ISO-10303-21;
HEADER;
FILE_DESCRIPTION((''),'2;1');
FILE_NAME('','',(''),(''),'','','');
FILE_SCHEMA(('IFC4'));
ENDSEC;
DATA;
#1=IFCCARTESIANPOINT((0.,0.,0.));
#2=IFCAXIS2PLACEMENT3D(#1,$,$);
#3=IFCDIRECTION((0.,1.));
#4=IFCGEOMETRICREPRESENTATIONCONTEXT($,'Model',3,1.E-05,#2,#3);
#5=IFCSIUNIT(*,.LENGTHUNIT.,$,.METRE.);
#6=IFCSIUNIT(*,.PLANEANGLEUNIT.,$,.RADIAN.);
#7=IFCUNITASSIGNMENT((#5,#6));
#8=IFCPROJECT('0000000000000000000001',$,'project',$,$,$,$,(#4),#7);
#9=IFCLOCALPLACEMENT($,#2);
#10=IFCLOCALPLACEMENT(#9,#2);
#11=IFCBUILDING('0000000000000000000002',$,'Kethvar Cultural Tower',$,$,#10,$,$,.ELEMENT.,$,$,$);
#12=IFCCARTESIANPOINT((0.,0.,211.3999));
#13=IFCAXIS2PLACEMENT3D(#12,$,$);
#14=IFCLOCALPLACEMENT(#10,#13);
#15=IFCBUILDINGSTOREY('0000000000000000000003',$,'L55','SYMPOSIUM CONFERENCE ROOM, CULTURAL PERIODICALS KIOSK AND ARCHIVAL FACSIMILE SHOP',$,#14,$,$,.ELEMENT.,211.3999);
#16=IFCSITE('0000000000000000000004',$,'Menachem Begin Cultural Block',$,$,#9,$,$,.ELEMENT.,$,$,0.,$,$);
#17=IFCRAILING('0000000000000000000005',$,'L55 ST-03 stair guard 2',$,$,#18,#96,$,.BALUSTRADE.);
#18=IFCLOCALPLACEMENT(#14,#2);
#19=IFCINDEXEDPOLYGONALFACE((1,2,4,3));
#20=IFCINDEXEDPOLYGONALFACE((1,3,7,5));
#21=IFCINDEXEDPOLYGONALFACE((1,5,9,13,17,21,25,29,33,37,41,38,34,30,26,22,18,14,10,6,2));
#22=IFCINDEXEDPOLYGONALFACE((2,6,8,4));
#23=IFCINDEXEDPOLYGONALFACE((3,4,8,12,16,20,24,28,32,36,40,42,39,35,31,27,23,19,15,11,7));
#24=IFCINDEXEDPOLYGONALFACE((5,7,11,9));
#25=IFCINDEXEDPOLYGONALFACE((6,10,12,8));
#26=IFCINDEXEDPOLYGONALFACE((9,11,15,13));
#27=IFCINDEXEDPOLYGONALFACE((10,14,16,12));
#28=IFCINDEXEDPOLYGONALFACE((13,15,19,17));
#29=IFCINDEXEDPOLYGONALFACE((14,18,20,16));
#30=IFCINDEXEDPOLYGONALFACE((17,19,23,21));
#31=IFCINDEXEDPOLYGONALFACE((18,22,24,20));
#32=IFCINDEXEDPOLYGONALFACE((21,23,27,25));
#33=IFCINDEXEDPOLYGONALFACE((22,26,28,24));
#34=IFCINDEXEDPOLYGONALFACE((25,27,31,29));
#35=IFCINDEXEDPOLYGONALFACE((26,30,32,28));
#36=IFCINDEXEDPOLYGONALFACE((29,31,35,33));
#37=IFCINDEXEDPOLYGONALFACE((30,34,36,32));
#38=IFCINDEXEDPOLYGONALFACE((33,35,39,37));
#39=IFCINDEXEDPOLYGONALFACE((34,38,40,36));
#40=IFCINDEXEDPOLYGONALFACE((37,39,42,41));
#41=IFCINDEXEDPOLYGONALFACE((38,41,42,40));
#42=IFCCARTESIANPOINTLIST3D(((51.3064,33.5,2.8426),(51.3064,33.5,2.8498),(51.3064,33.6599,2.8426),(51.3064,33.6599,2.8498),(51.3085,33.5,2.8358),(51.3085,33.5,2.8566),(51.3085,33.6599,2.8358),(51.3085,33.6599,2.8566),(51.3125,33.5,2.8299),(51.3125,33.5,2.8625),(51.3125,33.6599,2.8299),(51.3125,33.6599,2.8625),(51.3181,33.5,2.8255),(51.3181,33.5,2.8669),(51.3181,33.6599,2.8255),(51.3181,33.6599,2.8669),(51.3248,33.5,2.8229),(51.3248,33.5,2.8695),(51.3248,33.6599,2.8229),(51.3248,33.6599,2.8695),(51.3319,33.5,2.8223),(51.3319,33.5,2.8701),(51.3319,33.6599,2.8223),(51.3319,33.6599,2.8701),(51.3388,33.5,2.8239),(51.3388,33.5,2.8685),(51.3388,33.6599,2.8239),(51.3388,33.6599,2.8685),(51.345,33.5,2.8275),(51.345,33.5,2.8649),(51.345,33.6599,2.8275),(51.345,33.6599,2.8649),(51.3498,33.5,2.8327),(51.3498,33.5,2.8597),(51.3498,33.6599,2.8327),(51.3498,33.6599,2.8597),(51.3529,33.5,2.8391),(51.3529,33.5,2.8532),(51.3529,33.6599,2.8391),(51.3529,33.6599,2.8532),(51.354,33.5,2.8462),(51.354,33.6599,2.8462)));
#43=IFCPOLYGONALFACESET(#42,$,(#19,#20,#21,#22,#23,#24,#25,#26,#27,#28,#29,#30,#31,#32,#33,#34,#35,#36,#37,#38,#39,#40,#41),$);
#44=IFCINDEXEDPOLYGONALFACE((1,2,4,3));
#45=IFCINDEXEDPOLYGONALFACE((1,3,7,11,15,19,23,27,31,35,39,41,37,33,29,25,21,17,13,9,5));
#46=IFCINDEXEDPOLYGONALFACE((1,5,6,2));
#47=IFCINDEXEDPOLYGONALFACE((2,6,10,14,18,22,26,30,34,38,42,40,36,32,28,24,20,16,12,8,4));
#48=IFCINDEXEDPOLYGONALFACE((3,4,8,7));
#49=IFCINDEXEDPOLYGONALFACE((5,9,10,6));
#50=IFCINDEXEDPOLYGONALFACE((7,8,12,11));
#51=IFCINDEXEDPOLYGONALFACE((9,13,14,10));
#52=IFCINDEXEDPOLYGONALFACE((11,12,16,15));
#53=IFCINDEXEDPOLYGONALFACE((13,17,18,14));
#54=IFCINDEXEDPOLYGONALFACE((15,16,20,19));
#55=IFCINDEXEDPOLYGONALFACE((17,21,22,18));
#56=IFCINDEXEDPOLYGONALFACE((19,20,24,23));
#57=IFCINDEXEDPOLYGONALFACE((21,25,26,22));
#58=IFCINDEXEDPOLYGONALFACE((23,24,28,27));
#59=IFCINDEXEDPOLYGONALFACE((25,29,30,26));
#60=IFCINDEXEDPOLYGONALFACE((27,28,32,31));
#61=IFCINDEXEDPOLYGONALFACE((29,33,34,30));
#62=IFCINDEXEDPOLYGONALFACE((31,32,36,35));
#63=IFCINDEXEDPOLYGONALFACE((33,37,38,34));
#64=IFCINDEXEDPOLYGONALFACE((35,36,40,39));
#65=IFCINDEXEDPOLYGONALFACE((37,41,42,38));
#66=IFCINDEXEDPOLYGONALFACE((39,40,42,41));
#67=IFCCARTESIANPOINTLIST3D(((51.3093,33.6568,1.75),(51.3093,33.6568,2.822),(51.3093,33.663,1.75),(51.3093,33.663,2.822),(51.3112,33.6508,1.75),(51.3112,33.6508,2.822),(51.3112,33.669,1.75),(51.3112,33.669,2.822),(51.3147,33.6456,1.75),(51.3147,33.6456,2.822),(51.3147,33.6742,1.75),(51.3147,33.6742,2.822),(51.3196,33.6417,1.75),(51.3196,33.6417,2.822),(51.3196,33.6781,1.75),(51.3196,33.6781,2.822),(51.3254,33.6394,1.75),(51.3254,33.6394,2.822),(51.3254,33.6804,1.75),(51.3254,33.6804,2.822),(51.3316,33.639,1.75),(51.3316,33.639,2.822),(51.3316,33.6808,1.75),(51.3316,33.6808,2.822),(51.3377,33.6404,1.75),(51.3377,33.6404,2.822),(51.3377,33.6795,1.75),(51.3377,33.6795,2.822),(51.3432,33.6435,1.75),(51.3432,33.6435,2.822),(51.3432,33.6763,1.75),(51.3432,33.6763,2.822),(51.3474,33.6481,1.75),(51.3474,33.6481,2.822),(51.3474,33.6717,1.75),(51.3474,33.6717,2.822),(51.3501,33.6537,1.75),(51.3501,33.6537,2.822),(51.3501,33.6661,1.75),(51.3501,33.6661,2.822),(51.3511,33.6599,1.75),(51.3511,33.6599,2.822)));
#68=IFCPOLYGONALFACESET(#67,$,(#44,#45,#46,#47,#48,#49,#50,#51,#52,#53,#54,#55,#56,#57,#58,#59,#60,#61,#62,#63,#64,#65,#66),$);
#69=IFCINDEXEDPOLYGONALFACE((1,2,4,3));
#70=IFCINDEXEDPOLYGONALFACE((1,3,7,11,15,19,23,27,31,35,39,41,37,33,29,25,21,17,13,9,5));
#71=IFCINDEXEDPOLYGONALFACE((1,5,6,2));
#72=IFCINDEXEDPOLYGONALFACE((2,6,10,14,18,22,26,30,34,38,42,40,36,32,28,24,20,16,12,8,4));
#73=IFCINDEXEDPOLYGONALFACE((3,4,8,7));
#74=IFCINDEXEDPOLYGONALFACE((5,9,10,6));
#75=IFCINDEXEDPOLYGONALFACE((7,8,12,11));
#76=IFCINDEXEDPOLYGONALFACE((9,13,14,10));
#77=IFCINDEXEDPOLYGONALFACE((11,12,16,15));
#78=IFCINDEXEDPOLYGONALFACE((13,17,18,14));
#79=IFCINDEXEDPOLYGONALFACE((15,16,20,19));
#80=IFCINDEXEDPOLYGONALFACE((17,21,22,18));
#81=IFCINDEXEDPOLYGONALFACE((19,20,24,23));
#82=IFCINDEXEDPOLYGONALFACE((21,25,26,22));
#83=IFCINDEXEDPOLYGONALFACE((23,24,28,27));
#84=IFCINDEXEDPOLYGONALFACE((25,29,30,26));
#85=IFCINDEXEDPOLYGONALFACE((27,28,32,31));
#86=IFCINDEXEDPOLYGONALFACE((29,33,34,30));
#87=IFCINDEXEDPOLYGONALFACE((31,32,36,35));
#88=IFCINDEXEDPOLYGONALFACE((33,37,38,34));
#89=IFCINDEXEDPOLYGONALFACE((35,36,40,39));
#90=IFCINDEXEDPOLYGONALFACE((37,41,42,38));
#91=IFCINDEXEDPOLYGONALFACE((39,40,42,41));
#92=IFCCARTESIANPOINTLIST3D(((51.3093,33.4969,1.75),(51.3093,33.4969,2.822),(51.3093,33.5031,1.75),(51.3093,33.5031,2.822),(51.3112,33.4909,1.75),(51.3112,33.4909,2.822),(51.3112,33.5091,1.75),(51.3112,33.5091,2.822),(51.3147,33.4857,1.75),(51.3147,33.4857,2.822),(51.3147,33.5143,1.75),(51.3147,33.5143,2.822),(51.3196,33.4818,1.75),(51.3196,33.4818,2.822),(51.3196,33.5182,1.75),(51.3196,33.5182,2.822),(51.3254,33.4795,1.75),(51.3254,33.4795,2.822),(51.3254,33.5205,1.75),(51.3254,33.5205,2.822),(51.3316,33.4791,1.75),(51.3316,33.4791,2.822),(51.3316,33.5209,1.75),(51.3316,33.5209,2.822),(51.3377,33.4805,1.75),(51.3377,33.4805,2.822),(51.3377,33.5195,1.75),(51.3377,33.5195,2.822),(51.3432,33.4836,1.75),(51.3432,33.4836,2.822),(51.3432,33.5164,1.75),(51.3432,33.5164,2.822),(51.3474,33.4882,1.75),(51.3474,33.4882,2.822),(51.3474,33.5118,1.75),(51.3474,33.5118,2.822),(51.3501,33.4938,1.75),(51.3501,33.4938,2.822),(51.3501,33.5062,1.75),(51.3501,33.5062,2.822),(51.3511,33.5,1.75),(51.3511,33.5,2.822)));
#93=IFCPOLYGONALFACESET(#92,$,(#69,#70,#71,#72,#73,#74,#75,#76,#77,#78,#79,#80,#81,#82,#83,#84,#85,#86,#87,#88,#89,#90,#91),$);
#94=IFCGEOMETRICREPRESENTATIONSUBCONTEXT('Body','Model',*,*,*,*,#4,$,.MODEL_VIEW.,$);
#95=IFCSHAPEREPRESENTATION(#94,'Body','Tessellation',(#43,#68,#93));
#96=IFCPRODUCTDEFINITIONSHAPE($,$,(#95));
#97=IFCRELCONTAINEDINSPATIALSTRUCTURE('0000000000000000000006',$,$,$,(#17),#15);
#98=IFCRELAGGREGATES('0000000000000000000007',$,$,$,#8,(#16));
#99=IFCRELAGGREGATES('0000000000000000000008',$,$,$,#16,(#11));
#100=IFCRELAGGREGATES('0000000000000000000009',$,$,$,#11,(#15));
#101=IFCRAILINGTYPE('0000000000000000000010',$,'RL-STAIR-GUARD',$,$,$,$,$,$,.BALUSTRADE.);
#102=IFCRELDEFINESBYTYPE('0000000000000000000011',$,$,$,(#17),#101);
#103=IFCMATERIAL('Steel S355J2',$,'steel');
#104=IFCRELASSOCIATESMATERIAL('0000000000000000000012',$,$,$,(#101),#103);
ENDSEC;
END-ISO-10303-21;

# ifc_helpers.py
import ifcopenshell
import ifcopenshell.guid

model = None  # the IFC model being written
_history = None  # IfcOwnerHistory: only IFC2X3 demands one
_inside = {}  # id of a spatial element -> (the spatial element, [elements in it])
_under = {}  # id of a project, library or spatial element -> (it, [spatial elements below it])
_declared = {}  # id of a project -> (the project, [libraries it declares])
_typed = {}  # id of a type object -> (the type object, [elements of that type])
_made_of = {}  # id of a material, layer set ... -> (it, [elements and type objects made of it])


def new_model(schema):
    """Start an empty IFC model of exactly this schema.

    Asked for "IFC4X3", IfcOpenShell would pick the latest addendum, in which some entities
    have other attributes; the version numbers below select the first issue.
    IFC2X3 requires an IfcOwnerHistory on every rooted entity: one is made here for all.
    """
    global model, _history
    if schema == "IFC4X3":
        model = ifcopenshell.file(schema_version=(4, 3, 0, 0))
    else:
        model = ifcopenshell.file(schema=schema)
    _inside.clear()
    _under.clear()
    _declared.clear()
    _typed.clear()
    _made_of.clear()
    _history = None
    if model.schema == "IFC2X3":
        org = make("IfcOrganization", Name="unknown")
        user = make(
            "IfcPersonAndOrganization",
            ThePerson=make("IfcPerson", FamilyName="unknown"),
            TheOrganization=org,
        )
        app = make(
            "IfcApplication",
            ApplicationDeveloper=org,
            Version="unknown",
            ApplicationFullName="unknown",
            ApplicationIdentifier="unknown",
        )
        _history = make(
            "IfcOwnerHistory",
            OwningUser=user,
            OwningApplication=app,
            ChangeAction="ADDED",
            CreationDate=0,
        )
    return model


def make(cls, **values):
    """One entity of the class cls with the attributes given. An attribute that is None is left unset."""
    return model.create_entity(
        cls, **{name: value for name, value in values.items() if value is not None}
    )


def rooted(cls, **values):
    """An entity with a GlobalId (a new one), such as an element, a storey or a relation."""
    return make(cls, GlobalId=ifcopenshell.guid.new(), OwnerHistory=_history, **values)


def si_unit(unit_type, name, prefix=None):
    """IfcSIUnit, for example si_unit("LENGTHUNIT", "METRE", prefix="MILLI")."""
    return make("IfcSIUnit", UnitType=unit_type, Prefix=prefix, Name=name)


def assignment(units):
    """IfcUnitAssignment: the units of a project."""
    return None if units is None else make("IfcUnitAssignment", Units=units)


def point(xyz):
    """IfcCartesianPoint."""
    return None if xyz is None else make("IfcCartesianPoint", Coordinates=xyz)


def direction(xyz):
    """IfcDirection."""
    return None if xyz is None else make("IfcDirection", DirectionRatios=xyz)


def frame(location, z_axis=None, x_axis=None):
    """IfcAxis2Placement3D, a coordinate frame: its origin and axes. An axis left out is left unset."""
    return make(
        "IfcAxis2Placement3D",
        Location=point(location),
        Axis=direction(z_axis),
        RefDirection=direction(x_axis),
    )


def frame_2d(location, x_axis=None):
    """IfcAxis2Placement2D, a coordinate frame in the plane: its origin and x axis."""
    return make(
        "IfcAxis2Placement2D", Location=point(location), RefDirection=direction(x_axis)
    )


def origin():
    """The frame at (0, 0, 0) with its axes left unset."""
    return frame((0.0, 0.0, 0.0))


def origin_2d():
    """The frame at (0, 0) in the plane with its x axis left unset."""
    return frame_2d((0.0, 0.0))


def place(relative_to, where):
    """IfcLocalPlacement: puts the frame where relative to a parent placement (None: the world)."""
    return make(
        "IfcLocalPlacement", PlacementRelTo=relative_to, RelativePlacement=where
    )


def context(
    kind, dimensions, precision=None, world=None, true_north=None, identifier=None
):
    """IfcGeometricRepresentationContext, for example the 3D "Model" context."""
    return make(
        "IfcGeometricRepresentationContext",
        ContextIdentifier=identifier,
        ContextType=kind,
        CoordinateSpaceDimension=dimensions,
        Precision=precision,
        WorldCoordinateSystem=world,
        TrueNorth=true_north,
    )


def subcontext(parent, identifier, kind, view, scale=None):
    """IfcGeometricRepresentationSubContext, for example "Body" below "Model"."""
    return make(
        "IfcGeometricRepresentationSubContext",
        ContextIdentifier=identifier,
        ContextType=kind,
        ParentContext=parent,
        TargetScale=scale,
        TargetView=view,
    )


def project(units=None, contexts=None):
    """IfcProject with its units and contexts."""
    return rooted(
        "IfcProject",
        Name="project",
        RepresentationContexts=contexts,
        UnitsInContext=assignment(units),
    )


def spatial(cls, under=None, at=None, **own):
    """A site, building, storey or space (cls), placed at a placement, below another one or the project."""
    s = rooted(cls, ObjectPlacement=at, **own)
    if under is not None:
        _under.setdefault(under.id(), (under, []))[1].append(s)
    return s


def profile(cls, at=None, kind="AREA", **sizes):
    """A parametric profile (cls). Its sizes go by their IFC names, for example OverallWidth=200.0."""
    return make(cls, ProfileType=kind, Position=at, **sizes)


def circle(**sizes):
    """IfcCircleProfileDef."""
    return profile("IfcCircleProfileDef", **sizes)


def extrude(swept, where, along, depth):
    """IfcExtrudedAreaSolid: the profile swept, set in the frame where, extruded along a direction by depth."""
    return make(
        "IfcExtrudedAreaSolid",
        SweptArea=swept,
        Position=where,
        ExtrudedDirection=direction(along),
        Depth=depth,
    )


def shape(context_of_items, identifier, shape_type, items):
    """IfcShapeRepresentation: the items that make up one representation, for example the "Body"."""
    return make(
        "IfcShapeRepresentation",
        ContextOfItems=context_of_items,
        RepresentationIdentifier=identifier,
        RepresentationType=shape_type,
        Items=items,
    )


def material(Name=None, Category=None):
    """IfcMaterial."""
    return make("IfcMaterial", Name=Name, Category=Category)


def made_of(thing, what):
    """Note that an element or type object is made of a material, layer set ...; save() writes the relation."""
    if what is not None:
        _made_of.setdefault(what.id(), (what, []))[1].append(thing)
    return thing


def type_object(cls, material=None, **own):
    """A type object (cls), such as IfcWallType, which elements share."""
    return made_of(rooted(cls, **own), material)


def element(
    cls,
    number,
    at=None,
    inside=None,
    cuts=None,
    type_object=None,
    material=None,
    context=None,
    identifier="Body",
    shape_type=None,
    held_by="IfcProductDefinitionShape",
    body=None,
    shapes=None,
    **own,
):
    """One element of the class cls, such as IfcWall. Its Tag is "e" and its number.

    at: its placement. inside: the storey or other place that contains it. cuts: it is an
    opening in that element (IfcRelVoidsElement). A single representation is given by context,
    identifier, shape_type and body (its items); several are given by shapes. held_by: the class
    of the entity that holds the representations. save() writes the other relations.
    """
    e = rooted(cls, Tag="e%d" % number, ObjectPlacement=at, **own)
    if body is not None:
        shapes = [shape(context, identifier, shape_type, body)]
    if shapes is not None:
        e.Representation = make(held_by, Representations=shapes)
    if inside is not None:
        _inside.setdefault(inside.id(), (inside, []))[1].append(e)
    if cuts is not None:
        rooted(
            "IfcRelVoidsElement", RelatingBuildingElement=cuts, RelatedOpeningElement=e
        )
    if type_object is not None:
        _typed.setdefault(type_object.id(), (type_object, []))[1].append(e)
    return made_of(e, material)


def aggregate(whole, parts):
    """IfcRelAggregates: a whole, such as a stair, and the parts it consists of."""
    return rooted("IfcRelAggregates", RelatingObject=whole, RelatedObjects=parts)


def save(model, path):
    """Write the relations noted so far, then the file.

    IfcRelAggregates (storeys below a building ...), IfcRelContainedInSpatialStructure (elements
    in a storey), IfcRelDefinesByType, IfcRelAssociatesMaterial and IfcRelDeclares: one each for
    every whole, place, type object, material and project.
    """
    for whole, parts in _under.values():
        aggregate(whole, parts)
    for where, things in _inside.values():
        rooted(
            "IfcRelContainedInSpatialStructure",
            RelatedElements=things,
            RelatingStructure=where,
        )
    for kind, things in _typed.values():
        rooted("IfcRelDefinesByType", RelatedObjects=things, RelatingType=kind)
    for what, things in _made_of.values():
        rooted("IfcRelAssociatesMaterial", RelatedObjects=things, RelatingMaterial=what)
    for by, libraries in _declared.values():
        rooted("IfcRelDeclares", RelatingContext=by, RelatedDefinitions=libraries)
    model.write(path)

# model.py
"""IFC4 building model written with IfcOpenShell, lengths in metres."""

from ifc_helpers import new_model, si_unit, direction, frame, origin, origin_2d, place, context, subcontext, project, spatial, circle, extrude, material, type_object, element, save


model = new_model("IFC4")

# Units and contexts
model_context = context("Model", 3, precision=1e-05, world=origin(), true_north=direction((0.0, 1.0)))
body_context = subcontext(model_context, "Body", "Model", "MODEL_VIEW")
ifc_project = project(units=[si_unit("LENGTHUNIT", "METRE"), si_unit("PLANEANGLEUNIT", "RADIAN")], contexts=[model_context])

# Site, building, storey
site_placement = place(None, origin())
site = spatial("IfcSite", under=ifc_project, at=site_placement, Name="Menachem Begin Cultural Block", CompositionType="ELEMENT", RefElevation=0.0)
building_placement = place(site_placement, origin())
building = spatial("IfcBuilding", under=site, at=building_placement, Name="Kethvar Cultural Tower", CompositionType="ELEMENT")
storey_placement = place(building_placement, frame((0.0, 0.0, 211.3999)))
storey = spatial("IfcBuildingStorey", under=building, at=storey_placement, Name="L55", Description="SYMPOSIUM CONFERENCE ROOM, CULTURAL PERIODICALS KIOSK AND ARCHIVAL FACSIMILE SHOP", CompositionType="ELEMENT", Elevation=211.3999)

# Shared definitions
ifc_material_1 = material(Name="Steel S355J2", Category="steel")

# Railing
railing_type_1 = type_object("IfcRailingType", Name="RL-STAIR-GUARD", PredefinedType="BALUSTRADE", material=ifc_material_1)
railing_1_placement = place(storey_placement, frame((51.3301, 33.6599, 1.75)))
element("IfcRailing", 1, at=railing_1_placement, inside=storey, type_object=railing_type_1, Name="L55 ST-03 stair guard 2", PredefinedType="BALUSTRADE", context=body_context, shape_type="SweptSolid", body=[
    extrude(circle(Radius=0.0239, at=origin_2d()), frame((0.0, 0.0, 1.0962), z_axis=(0.0, -1.0, 0.0), x_axis=(1.0, 0.0, 0.0)), (0.0, 0.0, 1.0), 0.1599),
    extrude(circle(Radius=0.021, at=origin_2d()), origin(), (0.0, 0.0, 1.0), 1.072),
    extrude(circle(Radius=0.021, at=origin_2d()), frame((0.0, -0.1599, 0.0)), (0.0, 0.0, 1.0), 1.072),
])

save(model, "model.ifc")
